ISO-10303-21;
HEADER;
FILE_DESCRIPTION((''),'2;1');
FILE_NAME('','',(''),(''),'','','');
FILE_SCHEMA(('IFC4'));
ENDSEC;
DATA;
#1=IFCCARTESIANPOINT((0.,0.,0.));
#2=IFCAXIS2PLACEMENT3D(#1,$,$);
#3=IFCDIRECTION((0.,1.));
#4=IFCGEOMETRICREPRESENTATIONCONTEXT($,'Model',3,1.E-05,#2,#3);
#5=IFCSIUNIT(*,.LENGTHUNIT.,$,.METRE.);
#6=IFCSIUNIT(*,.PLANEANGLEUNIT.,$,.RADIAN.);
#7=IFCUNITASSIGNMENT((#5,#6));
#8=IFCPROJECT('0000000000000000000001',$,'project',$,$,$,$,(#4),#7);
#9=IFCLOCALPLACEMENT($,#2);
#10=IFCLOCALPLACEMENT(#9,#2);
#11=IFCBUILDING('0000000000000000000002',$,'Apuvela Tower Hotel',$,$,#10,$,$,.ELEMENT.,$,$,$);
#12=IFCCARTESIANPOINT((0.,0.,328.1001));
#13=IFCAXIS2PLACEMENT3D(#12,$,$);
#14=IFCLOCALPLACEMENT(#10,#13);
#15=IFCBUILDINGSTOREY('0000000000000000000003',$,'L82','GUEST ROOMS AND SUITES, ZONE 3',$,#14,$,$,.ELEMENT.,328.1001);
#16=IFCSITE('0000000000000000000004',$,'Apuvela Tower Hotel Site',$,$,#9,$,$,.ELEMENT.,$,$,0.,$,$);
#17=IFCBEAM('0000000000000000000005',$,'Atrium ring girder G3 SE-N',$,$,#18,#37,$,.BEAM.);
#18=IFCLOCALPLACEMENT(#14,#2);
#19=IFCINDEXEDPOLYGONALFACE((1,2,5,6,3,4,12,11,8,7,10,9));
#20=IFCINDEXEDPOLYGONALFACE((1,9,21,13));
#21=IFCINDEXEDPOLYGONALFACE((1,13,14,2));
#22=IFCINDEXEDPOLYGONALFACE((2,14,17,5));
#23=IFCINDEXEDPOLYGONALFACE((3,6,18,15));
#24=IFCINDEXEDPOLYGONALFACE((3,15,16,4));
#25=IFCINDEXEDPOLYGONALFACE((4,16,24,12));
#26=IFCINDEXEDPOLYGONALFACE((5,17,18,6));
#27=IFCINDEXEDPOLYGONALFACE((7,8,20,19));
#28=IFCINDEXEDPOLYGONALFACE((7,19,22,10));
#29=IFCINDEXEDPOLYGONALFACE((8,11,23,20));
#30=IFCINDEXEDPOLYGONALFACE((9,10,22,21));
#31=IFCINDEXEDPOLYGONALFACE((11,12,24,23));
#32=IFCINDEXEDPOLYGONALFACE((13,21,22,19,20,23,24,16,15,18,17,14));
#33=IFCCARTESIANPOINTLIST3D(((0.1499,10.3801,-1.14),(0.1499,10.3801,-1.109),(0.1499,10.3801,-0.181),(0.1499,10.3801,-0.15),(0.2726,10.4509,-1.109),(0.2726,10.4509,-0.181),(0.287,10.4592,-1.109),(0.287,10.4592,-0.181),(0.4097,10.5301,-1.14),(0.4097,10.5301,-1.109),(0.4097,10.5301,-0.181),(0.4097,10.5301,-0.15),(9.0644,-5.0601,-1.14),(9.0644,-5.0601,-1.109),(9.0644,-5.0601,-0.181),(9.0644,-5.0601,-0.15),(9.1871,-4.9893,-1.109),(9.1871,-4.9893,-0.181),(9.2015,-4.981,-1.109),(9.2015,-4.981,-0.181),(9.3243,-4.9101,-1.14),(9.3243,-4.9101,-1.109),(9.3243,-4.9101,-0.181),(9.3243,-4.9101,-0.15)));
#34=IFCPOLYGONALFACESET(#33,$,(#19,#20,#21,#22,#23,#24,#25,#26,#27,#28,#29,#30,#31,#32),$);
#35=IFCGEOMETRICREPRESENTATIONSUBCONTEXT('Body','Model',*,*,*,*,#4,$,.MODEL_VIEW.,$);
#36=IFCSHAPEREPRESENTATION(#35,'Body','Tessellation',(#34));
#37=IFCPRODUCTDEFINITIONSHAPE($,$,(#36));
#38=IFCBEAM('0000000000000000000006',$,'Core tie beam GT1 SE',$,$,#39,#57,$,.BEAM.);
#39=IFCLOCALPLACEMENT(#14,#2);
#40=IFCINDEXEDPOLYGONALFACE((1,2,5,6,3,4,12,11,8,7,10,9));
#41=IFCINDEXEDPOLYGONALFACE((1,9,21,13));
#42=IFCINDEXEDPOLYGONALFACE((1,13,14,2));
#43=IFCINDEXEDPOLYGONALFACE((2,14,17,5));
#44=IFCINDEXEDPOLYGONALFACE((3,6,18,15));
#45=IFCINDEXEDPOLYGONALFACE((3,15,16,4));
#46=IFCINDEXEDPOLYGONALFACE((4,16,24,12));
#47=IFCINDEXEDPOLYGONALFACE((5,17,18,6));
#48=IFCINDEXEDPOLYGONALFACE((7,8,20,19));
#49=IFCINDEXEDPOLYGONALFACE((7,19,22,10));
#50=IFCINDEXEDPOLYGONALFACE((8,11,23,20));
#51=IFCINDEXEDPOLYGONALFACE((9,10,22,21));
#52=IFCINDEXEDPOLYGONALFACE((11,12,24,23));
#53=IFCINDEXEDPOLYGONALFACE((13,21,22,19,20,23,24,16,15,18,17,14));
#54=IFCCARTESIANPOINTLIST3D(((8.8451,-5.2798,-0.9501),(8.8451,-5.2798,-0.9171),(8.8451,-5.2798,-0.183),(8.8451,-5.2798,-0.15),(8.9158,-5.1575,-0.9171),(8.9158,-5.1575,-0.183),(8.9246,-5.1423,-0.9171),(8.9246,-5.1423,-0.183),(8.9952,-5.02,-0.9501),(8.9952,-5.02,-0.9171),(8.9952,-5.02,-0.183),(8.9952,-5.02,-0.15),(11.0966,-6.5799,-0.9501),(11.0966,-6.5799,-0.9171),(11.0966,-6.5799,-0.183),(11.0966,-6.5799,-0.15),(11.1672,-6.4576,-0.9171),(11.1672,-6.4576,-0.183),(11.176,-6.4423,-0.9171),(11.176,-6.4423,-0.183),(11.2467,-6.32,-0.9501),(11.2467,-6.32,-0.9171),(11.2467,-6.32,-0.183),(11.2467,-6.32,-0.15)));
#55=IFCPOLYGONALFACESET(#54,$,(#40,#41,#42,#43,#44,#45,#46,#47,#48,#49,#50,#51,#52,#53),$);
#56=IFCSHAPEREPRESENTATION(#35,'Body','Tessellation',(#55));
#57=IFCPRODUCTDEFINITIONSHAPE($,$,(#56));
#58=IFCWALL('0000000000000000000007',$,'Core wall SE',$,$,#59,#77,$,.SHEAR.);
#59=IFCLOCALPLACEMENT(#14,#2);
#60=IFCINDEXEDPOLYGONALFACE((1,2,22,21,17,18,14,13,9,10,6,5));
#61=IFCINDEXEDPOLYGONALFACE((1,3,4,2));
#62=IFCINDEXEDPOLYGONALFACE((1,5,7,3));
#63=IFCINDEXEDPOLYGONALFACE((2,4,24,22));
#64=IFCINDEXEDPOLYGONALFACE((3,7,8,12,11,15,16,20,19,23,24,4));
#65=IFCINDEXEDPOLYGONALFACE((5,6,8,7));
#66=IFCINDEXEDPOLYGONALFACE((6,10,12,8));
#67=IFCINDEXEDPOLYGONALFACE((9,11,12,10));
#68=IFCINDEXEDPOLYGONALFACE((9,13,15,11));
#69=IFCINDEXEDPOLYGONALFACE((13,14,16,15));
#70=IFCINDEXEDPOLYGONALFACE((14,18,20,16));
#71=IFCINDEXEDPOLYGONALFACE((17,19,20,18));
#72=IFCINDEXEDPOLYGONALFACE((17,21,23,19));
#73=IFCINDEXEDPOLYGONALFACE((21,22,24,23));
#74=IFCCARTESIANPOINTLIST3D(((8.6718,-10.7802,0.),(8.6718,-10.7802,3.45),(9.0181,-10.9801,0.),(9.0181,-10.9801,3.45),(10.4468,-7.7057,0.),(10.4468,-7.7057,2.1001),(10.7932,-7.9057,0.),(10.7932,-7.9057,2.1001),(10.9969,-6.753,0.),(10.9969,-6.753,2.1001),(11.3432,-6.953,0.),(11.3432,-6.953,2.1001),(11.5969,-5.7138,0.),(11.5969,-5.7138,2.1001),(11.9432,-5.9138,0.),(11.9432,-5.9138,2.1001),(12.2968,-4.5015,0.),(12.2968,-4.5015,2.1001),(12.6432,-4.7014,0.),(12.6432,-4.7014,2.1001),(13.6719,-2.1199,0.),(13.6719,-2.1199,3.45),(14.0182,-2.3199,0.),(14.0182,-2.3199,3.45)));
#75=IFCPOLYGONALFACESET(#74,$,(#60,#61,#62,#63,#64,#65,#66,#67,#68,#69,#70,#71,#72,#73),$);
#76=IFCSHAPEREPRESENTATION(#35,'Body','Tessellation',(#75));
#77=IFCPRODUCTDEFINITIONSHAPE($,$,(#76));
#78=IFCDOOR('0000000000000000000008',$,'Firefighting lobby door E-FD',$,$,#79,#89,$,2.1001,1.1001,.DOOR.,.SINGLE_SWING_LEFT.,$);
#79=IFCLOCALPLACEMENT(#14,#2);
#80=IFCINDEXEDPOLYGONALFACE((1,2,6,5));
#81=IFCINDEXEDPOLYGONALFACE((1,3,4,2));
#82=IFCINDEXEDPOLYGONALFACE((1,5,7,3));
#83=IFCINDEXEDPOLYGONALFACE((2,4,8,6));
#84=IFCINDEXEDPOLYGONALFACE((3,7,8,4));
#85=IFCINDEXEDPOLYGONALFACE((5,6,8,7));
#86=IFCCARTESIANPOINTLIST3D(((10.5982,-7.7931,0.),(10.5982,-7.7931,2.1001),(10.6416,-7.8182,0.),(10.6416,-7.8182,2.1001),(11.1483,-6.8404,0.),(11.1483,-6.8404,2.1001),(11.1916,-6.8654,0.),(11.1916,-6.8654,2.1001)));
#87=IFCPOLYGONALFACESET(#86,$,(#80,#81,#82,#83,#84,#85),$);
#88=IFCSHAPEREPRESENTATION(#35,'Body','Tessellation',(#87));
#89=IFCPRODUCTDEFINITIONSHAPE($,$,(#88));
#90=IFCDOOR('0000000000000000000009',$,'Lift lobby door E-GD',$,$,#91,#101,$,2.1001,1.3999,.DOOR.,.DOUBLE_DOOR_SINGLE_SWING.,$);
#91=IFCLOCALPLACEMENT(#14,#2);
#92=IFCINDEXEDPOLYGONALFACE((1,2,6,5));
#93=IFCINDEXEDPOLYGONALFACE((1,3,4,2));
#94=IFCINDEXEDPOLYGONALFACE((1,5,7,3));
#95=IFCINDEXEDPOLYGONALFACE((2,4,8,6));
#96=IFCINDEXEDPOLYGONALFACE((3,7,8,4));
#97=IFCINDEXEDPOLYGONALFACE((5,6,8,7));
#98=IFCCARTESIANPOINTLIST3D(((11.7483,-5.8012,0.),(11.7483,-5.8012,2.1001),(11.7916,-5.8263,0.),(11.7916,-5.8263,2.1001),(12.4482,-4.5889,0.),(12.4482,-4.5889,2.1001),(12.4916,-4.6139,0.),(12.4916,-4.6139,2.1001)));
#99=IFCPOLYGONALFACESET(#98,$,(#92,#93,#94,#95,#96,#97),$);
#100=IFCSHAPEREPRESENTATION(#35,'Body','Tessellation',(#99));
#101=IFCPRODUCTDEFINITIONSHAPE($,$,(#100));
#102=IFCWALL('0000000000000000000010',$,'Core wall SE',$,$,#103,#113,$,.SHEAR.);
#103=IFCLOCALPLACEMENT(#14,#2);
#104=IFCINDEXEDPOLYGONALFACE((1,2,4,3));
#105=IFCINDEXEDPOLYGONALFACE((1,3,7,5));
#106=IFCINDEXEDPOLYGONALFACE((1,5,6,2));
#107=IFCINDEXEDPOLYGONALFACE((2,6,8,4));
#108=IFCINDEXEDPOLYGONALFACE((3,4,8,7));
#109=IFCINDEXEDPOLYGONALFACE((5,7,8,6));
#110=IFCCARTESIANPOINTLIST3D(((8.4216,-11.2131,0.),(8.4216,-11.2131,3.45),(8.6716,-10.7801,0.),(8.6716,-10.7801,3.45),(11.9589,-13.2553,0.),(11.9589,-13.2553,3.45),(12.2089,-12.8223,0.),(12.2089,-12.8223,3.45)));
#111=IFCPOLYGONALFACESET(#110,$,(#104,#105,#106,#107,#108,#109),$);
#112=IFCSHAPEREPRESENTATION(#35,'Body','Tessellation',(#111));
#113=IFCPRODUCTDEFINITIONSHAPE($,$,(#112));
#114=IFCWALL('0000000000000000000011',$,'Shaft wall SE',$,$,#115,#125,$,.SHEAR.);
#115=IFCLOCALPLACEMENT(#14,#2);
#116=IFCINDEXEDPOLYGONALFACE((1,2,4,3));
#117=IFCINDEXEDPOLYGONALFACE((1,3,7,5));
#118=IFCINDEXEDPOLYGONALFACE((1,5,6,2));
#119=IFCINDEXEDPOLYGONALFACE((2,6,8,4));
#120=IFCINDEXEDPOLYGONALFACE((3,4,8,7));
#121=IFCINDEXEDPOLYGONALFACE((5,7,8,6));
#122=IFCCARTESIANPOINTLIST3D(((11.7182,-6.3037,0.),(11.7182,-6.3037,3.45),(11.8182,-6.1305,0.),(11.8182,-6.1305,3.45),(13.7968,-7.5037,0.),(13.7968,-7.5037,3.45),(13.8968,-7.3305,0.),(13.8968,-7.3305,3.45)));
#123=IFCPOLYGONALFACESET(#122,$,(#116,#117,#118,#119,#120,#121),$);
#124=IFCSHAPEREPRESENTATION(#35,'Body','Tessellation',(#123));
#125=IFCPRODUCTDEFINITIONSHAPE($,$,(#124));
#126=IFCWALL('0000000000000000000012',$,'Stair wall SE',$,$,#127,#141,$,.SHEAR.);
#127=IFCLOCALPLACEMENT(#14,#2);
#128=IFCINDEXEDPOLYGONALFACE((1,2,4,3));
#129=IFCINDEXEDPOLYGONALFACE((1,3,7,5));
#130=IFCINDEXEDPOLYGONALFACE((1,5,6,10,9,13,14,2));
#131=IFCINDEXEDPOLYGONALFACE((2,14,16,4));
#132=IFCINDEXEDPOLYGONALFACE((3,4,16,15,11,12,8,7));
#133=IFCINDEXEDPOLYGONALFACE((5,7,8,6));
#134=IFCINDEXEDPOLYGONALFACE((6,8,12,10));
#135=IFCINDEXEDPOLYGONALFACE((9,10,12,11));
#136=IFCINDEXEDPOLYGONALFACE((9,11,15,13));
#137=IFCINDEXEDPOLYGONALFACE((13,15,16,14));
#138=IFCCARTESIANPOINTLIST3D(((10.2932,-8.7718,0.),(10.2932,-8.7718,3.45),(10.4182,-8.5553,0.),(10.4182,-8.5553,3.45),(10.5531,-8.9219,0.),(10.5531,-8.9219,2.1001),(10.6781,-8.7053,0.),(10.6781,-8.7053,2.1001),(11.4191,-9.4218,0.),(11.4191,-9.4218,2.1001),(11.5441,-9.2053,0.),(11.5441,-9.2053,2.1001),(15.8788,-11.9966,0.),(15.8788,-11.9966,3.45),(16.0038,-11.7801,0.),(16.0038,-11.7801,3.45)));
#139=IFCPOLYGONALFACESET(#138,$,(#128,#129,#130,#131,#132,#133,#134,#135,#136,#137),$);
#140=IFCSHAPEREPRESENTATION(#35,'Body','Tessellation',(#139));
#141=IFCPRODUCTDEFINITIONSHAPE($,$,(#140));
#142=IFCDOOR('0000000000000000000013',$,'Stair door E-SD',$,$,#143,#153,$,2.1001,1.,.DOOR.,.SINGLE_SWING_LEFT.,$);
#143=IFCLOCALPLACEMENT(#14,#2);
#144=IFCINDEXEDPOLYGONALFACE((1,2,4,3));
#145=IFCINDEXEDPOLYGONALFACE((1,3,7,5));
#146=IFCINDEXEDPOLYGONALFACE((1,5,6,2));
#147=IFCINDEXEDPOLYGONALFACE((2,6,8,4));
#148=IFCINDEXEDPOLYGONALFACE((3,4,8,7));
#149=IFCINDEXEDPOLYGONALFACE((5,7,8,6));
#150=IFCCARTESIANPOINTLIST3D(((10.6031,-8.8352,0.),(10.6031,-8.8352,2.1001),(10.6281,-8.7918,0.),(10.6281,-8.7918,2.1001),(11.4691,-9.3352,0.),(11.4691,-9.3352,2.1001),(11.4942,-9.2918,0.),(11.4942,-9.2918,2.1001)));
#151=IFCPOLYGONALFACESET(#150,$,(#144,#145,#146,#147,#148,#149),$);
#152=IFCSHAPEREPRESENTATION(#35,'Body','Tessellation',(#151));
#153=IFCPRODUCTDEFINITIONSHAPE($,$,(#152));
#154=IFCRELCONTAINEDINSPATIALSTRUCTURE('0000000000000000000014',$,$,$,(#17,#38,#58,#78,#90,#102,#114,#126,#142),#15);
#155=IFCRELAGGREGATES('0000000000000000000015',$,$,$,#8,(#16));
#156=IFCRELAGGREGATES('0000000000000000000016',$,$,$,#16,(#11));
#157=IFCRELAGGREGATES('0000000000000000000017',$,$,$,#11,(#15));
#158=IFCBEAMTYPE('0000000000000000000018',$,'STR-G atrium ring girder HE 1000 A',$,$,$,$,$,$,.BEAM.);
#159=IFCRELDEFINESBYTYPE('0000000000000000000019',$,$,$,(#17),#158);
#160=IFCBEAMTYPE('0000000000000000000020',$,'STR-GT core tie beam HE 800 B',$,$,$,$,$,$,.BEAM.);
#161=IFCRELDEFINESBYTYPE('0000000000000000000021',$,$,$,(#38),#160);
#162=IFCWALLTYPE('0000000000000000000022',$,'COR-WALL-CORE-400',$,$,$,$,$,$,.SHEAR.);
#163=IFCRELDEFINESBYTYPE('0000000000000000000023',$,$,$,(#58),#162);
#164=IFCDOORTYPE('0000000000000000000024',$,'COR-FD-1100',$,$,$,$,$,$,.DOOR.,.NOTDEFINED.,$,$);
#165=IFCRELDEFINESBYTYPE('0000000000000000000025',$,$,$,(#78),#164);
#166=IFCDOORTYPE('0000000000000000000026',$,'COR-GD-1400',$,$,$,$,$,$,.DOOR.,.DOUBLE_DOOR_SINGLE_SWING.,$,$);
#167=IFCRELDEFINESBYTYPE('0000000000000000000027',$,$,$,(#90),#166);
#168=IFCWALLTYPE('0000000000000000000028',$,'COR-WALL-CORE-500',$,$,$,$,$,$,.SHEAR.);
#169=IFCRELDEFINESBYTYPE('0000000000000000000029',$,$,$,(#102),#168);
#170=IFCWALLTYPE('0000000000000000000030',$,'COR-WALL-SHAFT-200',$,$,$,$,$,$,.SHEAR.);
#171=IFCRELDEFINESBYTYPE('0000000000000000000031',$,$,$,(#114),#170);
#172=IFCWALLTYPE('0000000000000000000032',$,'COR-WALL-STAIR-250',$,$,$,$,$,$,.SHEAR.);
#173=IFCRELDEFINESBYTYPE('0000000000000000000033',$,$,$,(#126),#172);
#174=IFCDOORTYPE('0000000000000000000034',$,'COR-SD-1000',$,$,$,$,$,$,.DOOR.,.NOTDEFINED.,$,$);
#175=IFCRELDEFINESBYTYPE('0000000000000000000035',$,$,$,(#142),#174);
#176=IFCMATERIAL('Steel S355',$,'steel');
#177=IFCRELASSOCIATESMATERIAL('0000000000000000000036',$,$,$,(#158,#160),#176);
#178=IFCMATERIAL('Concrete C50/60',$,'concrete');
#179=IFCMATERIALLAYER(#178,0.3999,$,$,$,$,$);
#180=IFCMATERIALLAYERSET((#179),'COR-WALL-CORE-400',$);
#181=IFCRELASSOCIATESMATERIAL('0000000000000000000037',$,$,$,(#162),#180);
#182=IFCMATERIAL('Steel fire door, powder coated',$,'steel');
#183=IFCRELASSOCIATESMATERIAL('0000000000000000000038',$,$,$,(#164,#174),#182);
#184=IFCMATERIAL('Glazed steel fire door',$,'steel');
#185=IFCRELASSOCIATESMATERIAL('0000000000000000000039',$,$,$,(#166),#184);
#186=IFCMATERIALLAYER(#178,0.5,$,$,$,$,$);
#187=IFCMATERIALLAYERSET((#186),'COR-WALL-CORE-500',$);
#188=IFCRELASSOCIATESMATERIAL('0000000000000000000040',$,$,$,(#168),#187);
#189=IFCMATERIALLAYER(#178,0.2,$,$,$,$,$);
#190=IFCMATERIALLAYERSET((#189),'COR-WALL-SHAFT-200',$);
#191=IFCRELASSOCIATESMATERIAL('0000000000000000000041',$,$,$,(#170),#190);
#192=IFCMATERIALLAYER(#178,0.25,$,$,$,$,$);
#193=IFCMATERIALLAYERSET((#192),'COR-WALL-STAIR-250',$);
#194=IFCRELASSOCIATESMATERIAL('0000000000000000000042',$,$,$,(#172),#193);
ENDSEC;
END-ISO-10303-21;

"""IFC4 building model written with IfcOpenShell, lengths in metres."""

from ifc_helpers import new_model, si_unit, direction, frame, frame_2d, origin, origin_2d, place, context, subcontext, project, spatial, rectangle, i_section, extrude, material, layer, layer_set, material_profile, profile_set, type_object, element, fill, save


model = new_model("IFC4")

# Units and contexts
model_context = context("Model", 3, precision=1e-05, world=origin(), true_north=direction((0.0, 1.0)))
body_context = subcontext(model_context, "Body", "Model", "MODEL_VIEW")
ifc_project = project(units=[si_unit("LENGTHUNIT", "METRE"), si_unit("PLANEANGLEUNIT", "RADIAN")], contexts=[model_context])

# Site, building, storey
site_placement = place(None, origin())
site = spatial("IfcSite", under=ifc_project, at=site_placement, Name="Apuvela Tower Hotel Site", CompositionType="ELEMENT", RefElevation=0.0)
building_placement = place(site_placement, origin())
building = spatial("IfcBuilding", under=site, at=building_placement, Name="Apuvela Tower Hotel", CompositionType="ELEMENT")
storey_placement = place(building_placement, frame((0.0, 0.0, 328.1001)))
storey = spatial("IfcBuildingStorey", under=building, at=storey_placement, Name="L82", Description="GUEST ROOMS AND SUITES, ZONE 3", CompositionType="ELEMENT", Elevation=328.1001)

# Beams
ifc_material_1 = material(Name="Steel S355", Category="steel")
ifc_material_profile_1 = material_profile(ifc_material_1, i_section(OverallWidth=0.3, OverallDepth=0.99, WebThickness=0.0166, FlangeThickness=0.031, at=origin_2d()), Name="HE 1000 A")
ifc_profile_set_1 = profile_set([ifc_material_profile_1], Name="Steel S355")
beam_type_1 = type_object("IfcBeamType", Name="STR-G atrium ring girder HE 1000 A", PredefinedType="BEAM", material=ifc_profile_set_1)
beam_1_placement = place(storey_placement, frame((9.1943, -4.9851, -0.645), z_axis=(-0.500007, 0.866022, 0.0), x_axis=(-0.866022, -0.500007, 0.0)))
element("IfcBeam", 1, at=beam_1_placement, inside=storey, type_object=beam_type_1, Name="Atrium ring girder G3 SE-N", PredefinedType="BEAM", context=body_context, shape_type="SweptSolid", body=[
    extrude(i_section(OverallWidth=0.3, OverallDepth=0.99, WebThickness=0.0166, FlangeThickness=0.031, at=origin_2d()), origin(), (0.0, 0.0, 1.0), 17.8289),
])
ifc_material_profile_2 = material_profile(ifc_material_1, i_section(OverallWidth=0.3, OverallDepth=0.8, WebThickness=0.0176, FlangeThickness=0.033, at=origin_2d()), Name="HE 800 B")
ifc_profile_set_2 = profile_set([ifc_material_profile_2], Name="Steel S355")
beam_type_2 = type_object("IfcBeamType", Name="STR-GT core tie beam HE 800 B", PredefinedType="BEAM", material=ifc_profile_set_2)
beam_2_placement = place(storey_placement, frame((11.1716, -6.45, -0.55), z_axis=(-0.865998, 0.500048, 0.0), x_axis=(-0.500048, -0.865998, 0.0)))
element("IfcBeam", 2, at=beam_2_placement, inside=storey, type_object=beam_type_2, Name="Core tie beam GT1 SE", PredefinedType="BEAM", context=body_context, shape_type="SweptSolid", body=[
    extrude(i_section(OverallWidth=0.3, OverallDepth=0.8, WebThickness=0.0176, FlangeThickness=0.033, at=origin_2d()), origin(), (0.0, 0.0, 1.0), 2.5999),
])

# Wall, openings, doors
ifc_material_2 = material(Name="Concrete C50/60", Category="concrete")
ifc_layer_1 = layer(ifc_material_2, 0.3999)
ifc_layer_set_1 = layer_set([ifc_layer_1], Name="COR-WALL-CORE-400")
wall_type_1 = type_object("IfcWallType", Name="COR-WALL-CORE-400", PredefinedType="SHEAR", material=ifc_layer_set_1)
wall_1_placement = place(storey_placement, frame((8.845, -10.8801, 0.0), z_axis=(0.0, 0.0, 1.0), x_axis=(0.500004, 0.866023, 0.0)))
wall_1 = element("IfcWall", 3, at=wall_1_placement, inside=storey, type_object=wall_type_1, Name="Core wall SE", PredefinedType="SHEAR", context=body_context, shape_type="SweptSolid", body=[
    extrude(rectangle(XDim=10.0, YDim=0.3999, at=frame_2d((5.0, 0.0))), origin(), (0.0, 0.0, 1.0), 3.45),
])
opening_1_placement = place(wall_1_placement, frame((3.55, 0.0, 0.0)))
opening_1 = element("IfcOpeningElement", 4, at=opening_1_placement, cuts=wall_1, PredefinedType="OPENING", context=body_context, shape_type="SweptSolid", body=[
    extrude(rectangle(XDim=1.1001, YDim=2.1001, at=frame_2d((0.55, 1.05))), frame((0.0, 0.21, 0.0), z_axis=(0.0, -1.0, 0.0), x_axis=(1.0, 0.0, 0.0)), (0.0, 0.0, 1.0), 0.4199),
])
opening_2_placement = place(wall_1_placement, frame((5.8501, 0.0, 0.0)))
opening_2 = element("IfcOpeningElement", 5, at=opening_2_placement, cuts=wall_1, PredefinedType="OPENING", context=body_context, shape_type="SweptSolid", body=[
    extrude(rectangle(XDim=1.3999, YDim=2.1001, at=frame_2d((0.7, 1.05))), frame((0.0, 0.21, 0.0), z_axis=(0.0, -1.0, 0.0), x_axis=(1.0, 0.0, 0.0)), (0.0, 0.0, 1.0), 0.4199),
])
ifc_material_3 = material(Name="Steel fire door, powder coated", Category="steel")
door_type_1 = type_object("IfcDoorType", Name="COR-FD-1100", OperationType="NOTDEFINED", PredefinedType="DOOR", material=ifc_material_3)
door_1_placement = place(opening_1_placement, frame((1.1001, 0.0, 0.0), z_axis=(0.0, 0.0, 1.0), x_axis=(-1.0, 0.0, 0.0)))
door_1 = element("IfcDoor", 6, at=door_1_placement, inside=storey, type_object=door_type_1, Name="Firefighting lobby door E-FD", OperationType="SINGLE_SWING_LEFT", OverallHeight=2.1001, OverallWidth=1.1001, PredefinedType="DOOR", context=body_context, shape_type="SweptSolid", body=[
    extrude(rectangle(XDim=1.1001, YDim=2.1001, at=frame_2d((0.55, 1.05))), frame((0.0, 0.0249, 0.0), z_axis=(0.0, -1.0, 0.0), x_axis=(1.0, 0.0, 0.0)), (0.0, 0.0, 1.0), 0.05),
])
fill(opening_1, door_1)
ifc_material_4 = material(Name="Glazed steel fire door", Category="steel")
door_type_2 = type_object("IfcDoorType", Name="COR-GD-1400", OperationType="DOUBLE_DOOR_SINGLE_SWING", PredefinedType="DOOR", material=ifc_material_4)
door_2_placement = place(opening_2_placement, frame((1.3999, 0.0, 0.0), z_axis=(0.0, 0.0, 1.0), x_axis=(-1.0, 0.0, 0.0)))
door_2 = element("IfcDoor", 7, at=door_2_placement, inside=storey, type_object=door_type_2, Name="Lift lobby door E-GD", OperationType="DOUBLE_DOOR_SINGLE_SWING", OverallHeight=2.1001, OverallWidth=1.3999, PredefinedType="DOOR", context=body_context, shape_type="SweptSolid", body=[
    extrude(rectangle(XDim=1.3999, YDim=2.1001, at=frame_2d((0.7, 1.05))), frame((0.0, 0.0249, 0.0), z_axis=(0.0, -1.0, 0.0), x_axis=(1.0, 0.0, 0.0)), (0.0, 0.0, 1.0), 0.05),
])
fill(opening_2, door_2)

# Walls
ifc_layer_2 = layer(ifc_material_2, 0.5)
ifc_layer_set_2 = layer_set([ifc_layer_2], Name="COR-WALL-CORE-500")
wall_type_2 = type_object("IfcWallType", Name="COR-WALL-CORE-500", PredefinedType="SHEAR", material=ifc_layer_set_2)
wall_2_placement = place(storey_placement, frame((8.5466, -10.9966, 0.0), z_axis=(0.0, 0.0, 1.0), x_axis=(0.866031, -0.49999, 0.0)))
element("IfcWall", 8, at=wall_2_placement, inside=storey, type_object=wall_type_2, Name="Core wall SE", PredefinedType="SHEAR", context=body_context, shape_type="SweptSolid", body=[
    extrude(rectangle(XDim=4.0845, YDim=0.5, at=frame_2d((2.0422, 0.0))), origin(), (0.0, 0.0, 1.0), 3.45),
])
ifc_layer_3 = layer(ifc_material_2, 0.2)
ifc_layer_set_3 = layer_set([ifc_layer_3], Name="COR-WALL-SHAFT-200")
wall_type_3 = type_object("IfcWallType", Name="COR-WALL-SHAFT-200", PredefinedType="SHEAR", material=ifc_layer_set_3)
wall_3_placement = place(storey_placement, frame((11.7681, -6.217, 0.0), z_axis=(0.0, 0.0, 1.0), x_axis=(0.86605, -0.499957, 0.0)))
element("IfcWall", 9, at=wall_3_placement, inside=storey, type_object=wall_type_3, Name="Shaft wall SE", PredefinedType="SHEAR", context=body_context, shape_type="SweptSolid", body=[
    extrude(rectangle(XDim=2.4001, YDim=0.2, at=frame_2d((1.2002, 0.0))), origin(), (0.0, 0.0, 1.0), 3.45),
])

# Wall, opening, door
ifc_layer_4 = layer(ifc_material_2, 0.25)
ifc_layer_set_4 = layer_set([ifc_layer_4], Name="COR-WALL-STAIR-250")
wall_type_4 = type_object("IfcWallType", Name="COR-WALL-STAIR-250", PredefinedType="SHEAR", material=ifc_layer_set_4)
wall_4_placement = place(storey_placement, frame((10.3557, -8.6636, 0.0), z_axis=(0.0, 0.0, 1.0), x_axis=(0.866029, -0.499994, 0.0)))
wall_4 = element("IfcWall", 10, at=wall_4_placement, inside=storey, type_object=wall_type_4, Name="Stair wall SE", PredefinedType="SHEAR", context=body_context, shape_type="SweptSolid", body=[
    extrude(rectangle(XDim=6.4497, YDim=0.25, at=frame_2d((3.2249, 0.0))), origin(), (0.0, 0.0, 1.0), 3.45),
])
opening_3_placement = place(wall_4_placement, frame((0.3, 0.0, 0.0)))
opening_3 = element("IfcOpeningElement", 11, at=opening_3_placement, cuts=wall_4, PredefinedType="OPENING", context=body_context, shape_type="SweptSolid", body=[
    extrude(rectangle(XDim=1.0, YDim=2.1001, at=frame_2d((0.5, 1.05))), frame((0.0, 0.135, 0.0), z_axis=(0.0, -1.0, 0.0), x_axis=(1.0, 0.0, 0.0)), (0.0, 0.0, 1.0), 0.27),
])
door_type_3 = type_object("IfcDoorType", Name="COR-SD-1000", OperationType="NOTDEFINED", PredefinedType="DOOR", material=ifc_material_3)
door_3_placement = place(opening_3_placement, frame((1.0, 0.0, 0.0), z_axis=(0.0, 0.0, 1.0), x_axis=(-1.0, 0.0, 0.0)))
door_3 = element("IfcDoor", 12, at=door_3_placement, inside=storey, type_object=door_type_3, Name="Stair door E-SD", OperationType="SINGLE_SWING_LEFT", OverallHeight=2.1001, OverallWidth=1.0, PredefinedType="DOOR", context=body_context, shape_type="SweptSolid", body=[
    extrude(rectangle(XDim=1.0, YDim=2.1001, at=frame_2d((0.5, 1.05))), frame((0.0, 0.0249, 0.0), z_axis=(0.0, -1.0, 0.0), x_axis=(1.0, 0.0, 0.0)), (0.0, 0.0, 1.0), 0.05),
])
fill(opening_3, door_3)

save(model, "model.ifc")
